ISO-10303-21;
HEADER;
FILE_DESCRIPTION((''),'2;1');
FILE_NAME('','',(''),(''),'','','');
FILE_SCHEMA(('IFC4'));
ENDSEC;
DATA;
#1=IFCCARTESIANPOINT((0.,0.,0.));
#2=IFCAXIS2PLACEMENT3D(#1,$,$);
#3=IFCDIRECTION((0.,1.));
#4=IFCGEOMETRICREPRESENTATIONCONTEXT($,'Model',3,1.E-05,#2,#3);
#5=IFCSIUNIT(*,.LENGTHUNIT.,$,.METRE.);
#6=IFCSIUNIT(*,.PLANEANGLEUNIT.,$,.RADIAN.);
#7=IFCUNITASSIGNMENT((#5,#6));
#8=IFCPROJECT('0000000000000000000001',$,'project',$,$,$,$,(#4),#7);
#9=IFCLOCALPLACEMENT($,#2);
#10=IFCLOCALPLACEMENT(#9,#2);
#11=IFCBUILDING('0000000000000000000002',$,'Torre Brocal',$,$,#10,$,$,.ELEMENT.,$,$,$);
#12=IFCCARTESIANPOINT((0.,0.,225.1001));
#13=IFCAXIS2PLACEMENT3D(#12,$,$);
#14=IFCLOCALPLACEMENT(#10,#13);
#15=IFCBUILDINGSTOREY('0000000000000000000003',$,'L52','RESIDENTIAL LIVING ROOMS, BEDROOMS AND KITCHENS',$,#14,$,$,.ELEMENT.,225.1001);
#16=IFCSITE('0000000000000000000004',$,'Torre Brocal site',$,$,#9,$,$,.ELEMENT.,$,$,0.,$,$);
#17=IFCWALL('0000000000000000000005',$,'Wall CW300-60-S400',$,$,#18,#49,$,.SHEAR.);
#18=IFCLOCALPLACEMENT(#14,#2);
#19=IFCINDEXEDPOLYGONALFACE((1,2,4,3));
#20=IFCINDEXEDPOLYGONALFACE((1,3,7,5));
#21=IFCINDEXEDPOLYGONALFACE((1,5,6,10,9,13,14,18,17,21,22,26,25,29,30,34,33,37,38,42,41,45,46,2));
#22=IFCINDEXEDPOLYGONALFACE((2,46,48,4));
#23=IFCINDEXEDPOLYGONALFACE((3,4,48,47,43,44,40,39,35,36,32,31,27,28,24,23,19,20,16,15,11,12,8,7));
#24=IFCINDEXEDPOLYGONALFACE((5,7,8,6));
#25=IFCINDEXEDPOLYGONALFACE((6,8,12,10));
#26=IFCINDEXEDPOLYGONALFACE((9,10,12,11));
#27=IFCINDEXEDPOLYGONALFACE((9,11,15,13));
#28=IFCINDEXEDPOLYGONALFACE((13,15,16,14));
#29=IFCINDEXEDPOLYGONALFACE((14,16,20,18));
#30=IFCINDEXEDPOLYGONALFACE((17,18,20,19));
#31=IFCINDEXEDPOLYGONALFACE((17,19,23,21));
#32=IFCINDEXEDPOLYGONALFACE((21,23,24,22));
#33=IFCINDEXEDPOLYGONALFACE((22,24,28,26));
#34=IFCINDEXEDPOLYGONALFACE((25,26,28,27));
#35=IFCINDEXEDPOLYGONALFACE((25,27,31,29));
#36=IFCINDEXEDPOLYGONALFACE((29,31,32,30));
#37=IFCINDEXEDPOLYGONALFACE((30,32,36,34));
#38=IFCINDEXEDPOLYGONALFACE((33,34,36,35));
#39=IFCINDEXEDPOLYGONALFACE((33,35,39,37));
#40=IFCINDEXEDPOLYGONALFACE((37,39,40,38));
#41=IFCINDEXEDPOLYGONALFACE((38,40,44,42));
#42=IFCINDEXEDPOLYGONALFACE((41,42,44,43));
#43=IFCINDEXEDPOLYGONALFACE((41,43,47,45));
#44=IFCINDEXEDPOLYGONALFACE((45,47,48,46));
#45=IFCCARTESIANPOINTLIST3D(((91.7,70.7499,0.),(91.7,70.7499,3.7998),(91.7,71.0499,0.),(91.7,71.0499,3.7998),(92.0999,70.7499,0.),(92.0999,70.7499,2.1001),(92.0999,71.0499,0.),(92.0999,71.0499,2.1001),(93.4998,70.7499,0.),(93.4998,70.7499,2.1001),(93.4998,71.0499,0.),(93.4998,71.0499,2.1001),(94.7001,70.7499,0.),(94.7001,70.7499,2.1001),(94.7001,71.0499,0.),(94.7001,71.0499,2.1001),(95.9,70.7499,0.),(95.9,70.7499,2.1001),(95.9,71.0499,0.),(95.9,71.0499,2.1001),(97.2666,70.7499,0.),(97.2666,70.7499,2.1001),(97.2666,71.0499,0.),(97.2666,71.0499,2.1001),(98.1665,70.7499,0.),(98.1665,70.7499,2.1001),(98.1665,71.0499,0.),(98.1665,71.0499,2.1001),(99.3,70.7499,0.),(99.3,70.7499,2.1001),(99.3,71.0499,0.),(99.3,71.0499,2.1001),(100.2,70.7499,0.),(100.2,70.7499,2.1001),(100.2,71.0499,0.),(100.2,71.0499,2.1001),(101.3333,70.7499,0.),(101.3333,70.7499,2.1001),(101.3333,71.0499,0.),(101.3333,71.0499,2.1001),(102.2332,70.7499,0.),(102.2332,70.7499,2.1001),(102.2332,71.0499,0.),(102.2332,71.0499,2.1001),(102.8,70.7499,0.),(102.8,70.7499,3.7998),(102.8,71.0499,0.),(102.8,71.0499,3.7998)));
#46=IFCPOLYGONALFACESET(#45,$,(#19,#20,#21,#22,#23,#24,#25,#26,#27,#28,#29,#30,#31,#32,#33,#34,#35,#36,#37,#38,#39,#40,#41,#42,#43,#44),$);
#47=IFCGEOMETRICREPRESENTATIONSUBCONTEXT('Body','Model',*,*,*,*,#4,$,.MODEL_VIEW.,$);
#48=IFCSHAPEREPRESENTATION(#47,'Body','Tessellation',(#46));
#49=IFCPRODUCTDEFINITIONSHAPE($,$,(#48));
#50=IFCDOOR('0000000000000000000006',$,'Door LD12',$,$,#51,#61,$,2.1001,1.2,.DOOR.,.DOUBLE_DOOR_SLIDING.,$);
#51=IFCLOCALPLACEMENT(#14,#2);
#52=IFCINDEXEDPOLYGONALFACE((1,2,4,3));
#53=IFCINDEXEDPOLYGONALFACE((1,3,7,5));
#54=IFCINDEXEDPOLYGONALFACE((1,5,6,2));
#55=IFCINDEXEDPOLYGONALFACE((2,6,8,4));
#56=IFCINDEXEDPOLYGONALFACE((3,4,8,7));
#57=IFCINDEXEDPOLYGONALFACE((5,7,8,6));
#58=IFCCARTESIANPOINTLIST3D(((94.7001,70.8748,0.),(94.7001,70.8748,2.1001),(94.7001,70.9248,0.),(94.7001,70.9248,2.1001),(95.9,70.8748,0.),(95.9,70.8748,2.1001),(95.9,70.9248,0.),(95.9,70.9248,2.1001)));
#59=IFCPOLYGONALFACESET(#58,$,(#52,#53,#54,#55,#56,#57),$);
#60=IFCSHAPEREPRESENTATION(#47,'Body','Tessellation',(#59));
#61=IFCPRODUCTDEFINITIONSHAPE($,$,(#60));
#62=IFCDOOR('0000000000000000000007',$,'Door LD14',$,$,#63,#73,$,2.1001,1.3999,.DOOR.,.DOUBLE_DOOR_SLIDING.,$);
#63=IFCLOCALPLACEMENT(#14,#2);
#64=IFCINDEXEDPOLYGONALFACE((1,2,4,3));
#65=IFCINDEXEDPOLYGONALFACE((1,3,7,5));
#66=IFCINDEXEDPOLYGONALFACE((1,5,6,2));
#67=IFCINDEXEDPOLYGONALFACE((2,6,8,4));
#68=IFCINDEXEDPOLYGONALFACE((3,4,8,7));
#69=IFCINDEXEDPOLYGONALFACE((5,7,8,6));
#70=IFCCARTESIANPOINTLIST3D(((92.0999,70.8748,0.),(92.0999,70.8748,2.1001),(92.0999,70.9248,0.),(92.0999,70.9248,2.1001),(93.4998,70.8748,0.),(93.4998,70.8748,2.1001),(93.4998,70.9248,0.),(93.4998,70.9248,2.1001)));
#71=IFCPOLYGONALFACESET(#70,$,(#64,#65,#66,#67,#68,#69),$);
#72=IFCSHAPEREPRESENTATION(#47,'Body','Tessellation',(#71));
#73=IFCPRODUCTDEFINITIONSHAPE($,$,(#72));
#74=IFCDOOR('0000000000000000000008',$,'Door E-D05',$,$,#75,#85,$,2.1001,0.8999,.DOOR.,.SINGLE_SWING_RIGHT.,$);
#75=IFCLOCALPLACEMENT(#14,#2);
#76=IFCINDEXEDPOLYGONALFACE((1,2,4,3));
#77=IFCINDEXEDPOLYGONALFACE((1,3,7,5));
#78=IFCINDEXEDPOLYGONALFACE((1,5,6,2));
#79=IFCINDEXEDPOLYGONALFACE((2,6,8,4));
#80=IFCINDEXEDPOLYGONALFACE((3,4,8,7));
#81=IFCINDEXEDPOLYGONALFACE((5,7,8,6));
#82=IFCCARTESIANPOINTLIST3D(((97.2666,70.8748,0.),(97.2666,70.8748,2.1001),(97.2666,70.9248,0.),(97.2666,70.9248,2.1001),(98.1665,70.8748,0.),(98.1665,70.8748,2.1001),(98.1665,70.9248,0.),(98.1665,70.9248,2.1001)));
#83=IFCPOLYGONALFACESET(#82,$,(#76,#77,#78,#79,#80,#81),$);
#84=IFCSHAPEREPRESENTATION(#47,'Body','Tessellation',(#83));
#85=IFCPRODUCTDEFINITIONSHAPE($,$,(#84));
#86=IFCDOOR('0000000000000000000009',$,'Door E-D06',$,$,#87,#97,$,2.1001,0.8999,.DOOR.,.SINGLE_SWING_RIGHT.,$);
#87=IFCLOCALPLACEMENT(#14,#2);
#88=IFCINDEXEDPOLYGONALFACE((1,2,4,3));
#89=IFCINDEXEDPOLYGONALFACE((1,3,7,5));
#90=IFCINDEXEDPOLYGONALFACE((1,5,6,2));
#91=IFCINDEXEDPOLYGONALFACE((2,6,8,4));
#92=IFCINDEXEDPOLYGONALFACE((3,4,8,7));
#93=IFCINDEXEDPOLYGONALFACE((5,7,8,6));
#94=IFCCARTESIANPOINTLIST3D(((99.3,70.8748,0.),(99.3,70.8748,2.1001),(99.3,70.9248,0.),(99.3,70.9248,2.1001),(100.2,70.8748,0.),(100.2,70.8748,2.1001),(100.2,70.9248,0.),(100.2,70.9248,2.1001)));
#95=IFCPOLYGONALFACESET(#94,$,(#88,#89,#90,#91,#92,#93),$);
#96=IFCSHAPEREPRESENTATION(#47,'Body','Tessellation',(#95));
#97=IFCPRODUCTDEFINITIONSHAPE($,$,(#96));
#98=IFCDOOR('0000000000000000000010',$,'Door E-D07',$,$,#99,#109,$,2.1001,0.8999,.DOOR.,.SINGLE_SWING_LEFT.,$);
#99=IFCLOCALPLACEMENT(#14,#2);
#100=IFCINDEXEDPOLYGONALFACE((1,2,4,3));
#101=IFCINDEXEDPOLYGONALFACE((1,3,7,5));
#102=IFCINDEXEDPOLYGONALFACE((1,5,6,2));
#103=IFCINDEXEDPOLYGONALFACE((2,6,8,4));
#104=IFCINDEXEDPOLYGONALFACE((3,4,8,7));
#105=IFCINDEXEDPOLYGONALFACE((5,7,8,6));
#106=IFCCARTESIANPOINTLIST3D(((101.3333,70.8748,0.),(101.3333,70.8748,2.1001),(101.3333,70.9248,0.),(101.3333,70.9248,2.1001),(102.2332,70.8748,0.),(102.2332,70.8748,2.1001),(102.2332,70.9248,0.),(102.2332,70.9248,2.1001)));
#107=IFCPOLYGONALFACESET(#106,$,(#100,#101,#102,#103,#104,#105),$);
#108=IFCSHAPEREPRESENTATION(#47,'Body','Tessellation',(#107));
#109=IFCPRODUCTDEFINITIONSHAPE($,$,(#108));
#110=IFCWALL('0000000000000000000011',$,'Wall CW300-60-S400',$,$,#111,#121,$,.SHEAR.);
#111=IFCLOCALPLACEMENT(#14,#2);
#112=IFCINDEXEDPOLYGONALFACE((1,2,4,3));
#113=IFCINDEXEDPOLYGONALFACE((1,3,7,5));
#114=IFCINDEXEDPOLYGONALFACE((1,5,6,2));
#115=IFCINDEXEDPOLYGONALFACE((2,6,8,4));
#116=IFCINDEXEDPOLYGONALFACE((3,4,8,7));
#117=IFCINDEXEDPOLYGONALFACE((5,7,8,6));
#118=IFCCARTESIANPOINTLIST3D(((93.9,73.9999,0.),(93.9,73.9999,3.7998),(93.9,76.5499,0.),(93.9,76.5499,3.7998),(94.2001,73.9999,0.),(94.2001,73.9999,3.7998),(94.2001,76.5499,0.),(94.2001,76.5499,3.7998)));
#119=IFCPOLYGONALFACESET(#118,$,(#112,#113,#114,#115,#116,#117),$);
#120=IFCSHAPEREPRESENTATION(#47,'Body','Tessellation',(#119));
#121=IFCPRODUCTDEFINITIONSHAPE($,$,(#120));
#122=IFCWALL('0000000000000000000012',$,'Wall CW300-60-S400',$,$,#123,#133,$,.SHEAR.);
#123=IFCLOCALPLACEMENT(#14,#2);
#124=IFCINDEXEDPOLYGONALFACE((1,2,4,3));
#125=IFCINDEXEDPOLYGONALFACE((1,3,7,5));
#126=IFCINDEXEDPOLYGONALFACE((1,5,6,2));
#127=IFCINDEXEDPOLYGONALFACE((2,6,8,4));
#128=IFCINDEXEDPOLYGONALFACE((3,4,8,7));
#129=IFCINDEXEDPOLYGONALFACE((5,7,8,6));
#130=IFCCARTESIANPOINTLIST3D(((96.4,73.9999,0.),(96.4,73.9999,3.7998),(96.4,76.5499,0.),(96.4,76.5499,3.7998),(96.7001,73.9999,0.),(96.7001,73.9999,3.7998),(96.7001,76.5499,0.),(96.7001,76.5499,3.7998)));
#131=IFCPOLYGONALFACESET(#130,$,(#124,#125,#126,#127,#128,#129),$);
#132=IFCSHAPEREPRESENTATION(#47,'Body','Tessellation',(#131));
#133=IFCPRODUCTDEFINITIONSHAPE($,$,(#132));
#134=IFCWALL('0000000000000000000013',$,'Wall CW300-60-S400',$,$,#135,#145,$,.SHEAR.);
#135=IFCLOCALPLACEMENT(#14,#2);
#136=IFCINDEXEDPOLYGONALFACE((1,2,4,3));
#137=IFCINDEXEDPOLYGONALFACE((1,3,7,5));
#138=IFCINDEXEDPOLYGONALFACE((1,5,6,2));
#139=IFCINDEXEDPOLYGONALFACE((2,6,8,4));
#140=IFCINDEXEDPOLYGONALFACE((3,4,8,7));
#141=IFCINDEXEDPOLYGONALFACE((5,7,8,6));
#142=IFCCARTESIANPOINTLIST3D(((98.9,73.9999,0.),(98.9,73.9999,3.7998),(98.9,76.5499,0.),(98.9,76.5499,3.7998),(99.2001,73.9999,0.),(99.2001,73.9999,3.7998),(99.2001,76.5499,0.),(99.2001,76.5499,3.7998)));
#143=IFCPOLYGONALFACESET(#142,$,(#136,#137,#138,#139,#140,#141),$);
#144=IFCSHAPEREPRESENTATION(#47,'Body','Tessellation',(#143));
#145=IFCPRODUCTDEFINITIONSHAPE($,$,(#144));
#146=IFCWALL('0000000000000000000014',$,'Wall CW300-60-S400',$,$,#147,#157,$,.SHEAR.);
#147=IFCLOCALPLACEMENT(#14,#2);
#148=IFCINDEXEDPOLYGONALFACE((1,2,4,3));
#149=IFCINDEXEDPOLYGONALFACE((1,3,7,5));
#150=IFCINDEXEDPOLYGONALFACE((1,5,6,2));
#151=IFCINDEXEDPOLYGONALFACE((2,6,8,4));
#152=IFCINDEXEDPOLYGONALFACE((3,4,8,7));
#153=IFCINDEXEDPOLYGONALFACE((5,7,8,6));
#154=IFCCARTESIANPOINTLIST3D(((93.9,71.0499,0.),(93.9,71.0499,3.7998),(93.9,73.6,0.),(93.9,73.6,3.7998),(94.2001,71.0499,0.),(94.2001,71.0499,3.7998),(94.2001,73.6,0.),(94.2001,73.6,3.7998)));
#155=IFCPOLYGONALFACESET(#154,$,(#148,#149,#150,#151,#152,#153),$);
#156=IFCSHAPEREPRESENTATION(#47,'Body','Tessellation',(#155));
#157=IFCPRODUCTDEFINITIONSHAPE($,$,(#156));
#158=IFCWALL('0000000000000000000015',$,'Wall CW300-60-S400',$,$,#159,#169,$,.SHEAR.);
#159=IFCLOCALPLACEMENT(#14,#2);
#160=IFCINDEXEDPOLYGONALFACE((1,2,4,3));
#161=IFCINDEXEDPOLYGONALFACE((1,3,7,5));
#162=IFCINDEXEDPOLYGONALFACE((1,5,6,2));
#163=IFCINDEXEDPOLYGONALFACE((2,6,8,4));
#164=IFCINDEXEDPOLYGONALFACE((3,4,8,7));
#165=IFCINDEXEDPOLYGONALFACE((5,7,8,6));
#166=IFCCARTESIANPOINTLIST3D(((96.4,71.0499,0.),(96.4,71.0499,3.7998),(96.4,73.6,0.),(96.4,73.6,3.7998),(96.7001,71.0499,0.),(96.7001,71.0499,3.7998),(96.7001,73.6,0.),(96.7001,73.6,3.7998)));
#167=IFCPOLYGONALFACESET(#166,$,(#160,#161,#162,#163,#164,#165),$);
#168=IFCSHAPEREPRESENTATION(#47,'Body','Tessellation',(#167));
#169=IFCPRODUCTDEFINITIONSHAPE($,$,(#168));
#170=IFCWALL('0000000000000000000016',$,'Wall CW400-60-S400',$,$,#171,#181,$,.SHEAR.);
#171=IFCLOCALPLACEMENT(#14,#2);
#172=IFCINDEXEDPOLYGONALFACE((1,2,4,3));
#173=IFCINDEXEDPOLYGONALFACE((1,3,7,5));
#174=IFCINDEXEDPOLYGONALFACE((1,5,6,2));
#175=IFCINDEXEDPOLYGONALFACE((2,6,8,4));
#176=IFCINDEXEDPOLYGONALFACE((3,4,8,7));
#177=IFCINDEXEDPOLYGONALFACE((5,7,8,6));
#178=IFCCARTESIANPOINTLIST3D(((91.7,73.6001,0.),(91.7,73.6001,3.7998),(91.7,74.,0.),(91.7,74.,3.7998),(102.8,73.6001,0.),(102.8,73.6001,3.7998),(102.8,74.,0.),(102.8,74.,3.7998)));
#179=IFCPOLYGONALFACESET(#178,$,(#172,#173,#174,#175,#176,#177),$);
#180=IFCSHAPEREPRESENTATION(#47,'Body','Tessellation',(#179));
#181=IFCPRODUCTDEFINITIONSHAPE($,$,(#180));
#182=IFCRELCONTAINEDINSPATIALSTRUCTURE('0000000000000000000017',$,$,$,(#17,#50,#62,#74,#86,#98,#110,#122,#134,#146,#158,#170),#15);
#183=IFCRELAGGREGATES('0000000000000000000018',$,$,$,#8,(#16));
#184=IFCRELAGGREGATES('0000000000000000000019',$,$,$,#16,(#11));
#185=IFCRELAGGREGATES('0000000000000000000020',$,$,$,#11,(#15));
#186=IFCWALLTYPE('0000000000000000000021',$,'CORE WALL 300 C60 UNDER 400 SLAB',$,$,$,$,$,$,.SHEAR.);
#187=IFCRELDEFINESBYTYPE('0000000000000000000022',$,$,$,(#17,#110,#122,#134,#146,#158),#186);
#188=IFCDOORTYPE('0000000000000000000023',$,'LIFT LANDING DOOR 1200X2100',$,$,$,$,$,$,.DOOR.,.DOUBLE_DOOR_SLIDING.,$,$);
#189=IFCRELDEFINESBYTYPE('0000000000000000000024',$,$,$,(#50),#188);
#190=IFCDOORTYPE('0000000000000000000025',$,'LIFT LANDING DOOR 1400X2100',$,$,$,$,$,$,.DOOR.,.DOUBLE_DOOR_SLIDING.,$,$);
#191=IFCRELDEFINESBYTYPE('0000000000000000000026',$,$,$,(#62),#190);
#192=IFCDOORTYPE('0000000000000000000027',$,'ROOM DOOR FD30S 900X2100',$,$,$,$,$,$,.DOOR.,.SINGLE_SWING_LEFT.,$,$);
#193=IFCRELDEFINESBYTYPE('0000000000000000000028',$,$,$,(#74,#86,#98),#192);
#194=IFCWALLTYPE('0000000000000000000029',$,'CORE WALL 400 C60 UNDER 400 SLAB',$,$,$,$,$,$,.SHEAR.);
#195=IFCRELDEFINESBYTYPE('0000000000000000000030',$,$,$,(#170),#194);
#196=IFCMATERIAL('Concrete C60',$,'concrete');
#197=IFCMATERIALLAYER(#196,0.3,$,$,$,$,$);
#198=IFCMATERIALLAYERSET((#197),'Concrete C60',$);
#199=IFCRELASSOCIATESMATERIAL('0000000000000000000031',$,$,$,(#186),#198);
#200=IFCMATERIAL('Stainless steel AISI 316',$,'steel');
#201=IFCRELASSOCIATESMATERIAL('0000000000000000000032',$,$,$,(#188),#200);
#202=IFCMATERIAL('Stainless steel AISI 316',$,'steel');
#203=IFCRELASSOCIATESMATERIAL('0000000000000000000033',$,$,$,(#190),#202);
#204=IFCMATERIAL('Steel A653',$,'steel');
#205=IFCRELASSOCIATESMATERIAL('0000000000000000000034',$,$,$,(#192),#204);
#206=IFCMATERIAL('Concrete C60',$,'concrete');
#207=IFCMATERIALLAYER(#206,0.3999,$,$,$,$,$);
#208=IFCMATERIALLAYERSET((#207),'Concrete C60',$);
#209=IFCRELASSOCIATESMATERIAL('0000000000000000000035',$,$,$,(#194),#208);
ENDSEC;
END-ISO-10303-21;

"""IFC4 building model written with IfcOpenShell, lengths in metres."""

from ifc_helpers import new_model, si_unit, direction, frame, frame_2d, origin, place, context, subcontext, project, spatial, rectangle, extrude, material, layer, layer_set, type_object, element, fill, save


model = new_model("IFC4")

# Units and contexts
model_context = context("Model", 3, precision=1e-05, world=origin(), true_north=direction((0.0, 1.0)))
body_context = subcontext(model_context, "Body", "Model", "MODEL_VIEW")
ifc_project = project(units=[si_unit("LENGTHUNIT", "METRE"), si_unit("PLANEANGLEUNIT", "RADIAN")], contexts=[model_context])

# Site, building, storey
site_placement = place(None, origin())
site = spatial("IfcSite", under=ifc_project, at=site_placement, Name="Torre Brocal site", CompositionType="ELEMENT", RefElevation=0.0)
building_placement = place(site_placement, origin())
building = spatial("IfcBuilding", under=site, at=building_placement, Name="Torre Brocal", CompositionType="ELEMENT")
storey_placement = place(building_placement, frame((0.0, 0.0, 225.1001)))
storey = spatial("IfcBuildingStorey", under=building, at=storey_placement, Name="L52", Description="RESIDENTIAL LIVING ROOMS, BEDROOMS AND KITCHENS", CompositionType="ELEMENT", Elevation=225.1001)

# Wall, openings, doors
ifc_material_1 = material(Name="Concrete C60", Category="concrete")
ifc_layer_1 = layer(ifc_material_1, 0.3)
ifc_layer_set_1 = layer_set([ifc_layer_1], Name="Concrete C60")
wall_type_1 = type_object("IfcWallType", Name="CORE WALL 300 C60 UNDER 400 SLAB", PredefinedType="SHEAR", material=ifc_layer_set_1)
wall_1_placement = place(storey_placement, frame((91.7, 70.8999, 0.0), z_axis=(0.0, 0.0, 1.0), x_axis=(1.0, 0.0, 0.0)))
wall_1 = element("IfcWall", 1, at=wall_1_placement, inside=storey, type_object=wall_type_1, Name="Wall CW300-60-S400", PredefinedType="SHEAR", context=body_context, shape_type="SweptSolid", body=[
    extrude(rectangle(XDim=11.1001, YDim=0.3, at=frame_2d((5.55, 0.0))), origin(), (0.0, 0.0, 1.0), 3.7998),
])
opening_1_placement = place(wall_1_placement, frame((0.3999, 0.0, 0.0)))
opening_1 = element("IfcOpeningElement", 2, at=opening_1_placement, cuts=wall_1, PredefinedType="OPENING", context=body_context, shape_type="SweptSolid", body=[
    extrude(rectangle(XDim=1.3999, YDim=2.1001, at=frame_2d((0.7, 1.05))), frame((0.0, 0.1599, 0.0), z_axis=(0.0, -1.0, 0.0), x_axis=(1.0, 0.0, 0.0)), (0.0, 0.0, 1.0), 0.3201),
])
opening_2_placement = place(wall_1_placement, frame((3.0, 0.0, 0.0)))
opening_2 = element("IfcOpeningElement", 3, at=opening_2_placement, cuts=wall_1, PredefinedType="OPENING", context=body_context, shape_type="SweptSolid", body=[
    extrude(rectangle(XDim=1.2, YDim=2.1001, at=frame_2d((0.6001, 1.05))), frame((0.0, 0.1599, 0.0), z_axis=(0.0, -1.0, 0.0), x_axis=(1.0, 0.0, 0.0)), (0.0, 0.0, 1.0), 0.3201),
])
opening_3_placement = place(wall_1_placement, frame((5.5667, 0.0, 0.0)))
opening_3 = element("IfcOpeningElement", 4, at=opening_3_placement, cuts=wall_1, PredefinedType="OPENING", context=body_context, shape_type="SweptSolid", body=[
    extrude(rectangle(XDim=0.8999, YDim=2.1001, at=frame_2d((0.45, 1.05))), frame((0.0, 0.1599, 0.0), z_axis=(0.0, -1.0, 0.0), x_axis=(1.0, 0.0, 0.0)), (0.0, 0.0, 1.0), 0.3201),
])
opening_4_placement = place(wall_1_placement, frame((7.6001, 0.0, 0.0)))
opening_4 = element("IfcOpeningElement", 5, at=opening_4_placement, cuts=wall_1, PredefinedType="OPENING", context=body_context, shape_type="SweptSolid", body=[
    extrude(rectangle(XDim=0.8999, YDim=2.1001, at=frame_2d((0.45, 1.05))), frame((0.0, 0.1599, 0.0), z_axis=(0.0, -1.0, 0.0), x_axis=(1.0, 0.0, 0.0)), (0.0, 0.0, 1.0), 0.3201),
])
opening_5_placement = place(wall_1_placement, frame((9.6333, 0.0, 0.0)))
opening_5 = element("IfcOpeningElement", 6, at=opening_5_placement, cuts=wall_1, PredefinedType="OPENING", context=body_context, shape_type="SweptSolid", body=[
    extrude(rectangle(XDim=0.8999, YDim=2.1001, at=frame_2d((0.45, 1.05))), frame((0.0, 0.1599, 0.0), z_axis=(0.0, -1.0, 0.0), x_axis=(1.0, 0.0, 0.0)), (0.0, 0.0, 1.0), 0.3201),
])
ifc_material_2 = material(Name="Stainless steel AISI 316", Category="steel")
door_type_1 = type_object("IfcDoorType", Name="LIFT LANDING DOOR 1200X2100", OperationType="DOUBLE_DOOR_SLIDING", PredefinedType="DOOR", material=ifc_material_2)
door_1_placement = place(opening_2_placement, origin())
door_1 = element("IfcDoor", 7, at=door_1_placement, inside=storey, type_object=door_type_1, Name="Door LD12", OperationType="DOUBLE_DOOR_SLIDING", OverallHeight=2.1001, OverallWidth=1.2, PredefinedType="DOOR", context=body_context, shape_type="SweptSolid", body=[
    extrude(rectangle(XDim=1.2, YDim=2.1001, at=frame_2d((0.6001, 1.05))), frame((0.0, 0.0249, 0.0), z_axis=(0.0, -1.0, 0.0), x_axis=(1.0, 0.0, 0.0)), (0.0, 0.0, 1.0), 0.05),
])
fill(opening_2, door_1)
ifc_material_3 = material(Name="Stainless steel AISI 316", Category="steel")
door_type_2 = type_object("IfcDoorType", Name="LIFT LANDING DOOR 1400X2100", OperationType="DOUBLE_DOOR_SLIDING", PredefinedType="DOOR", material=ifc_material_3)
door_2_placement = place(opening_1_placement, origin())
door_2 = element("IfcDoor", 8, at=door_2_placement, inside=storey, type_object=door_type_2, Name="Door LD14", OperationType="DOUBLE_DOOR_SLIDING", OverallHeight=2.1001, OverallWidth=1.3999, PredefinedType="DOOR", context=body_context, shape_type="SweptSolid", body=[
    extrude(rectangle(XDim=1.3999, YDim=2.1001, at=frame_2d((0.7, 1.05))), frame((0.0, 0.0249, 0.0), z_axis=(0.0, -1.0, 0.0), x_axis=(1.0, 0.0, 0.0)), (0.0, 0.0, 1.0), 0.05),
])
fill(opening_1, door_2)
ifc_material_4 = material(Name="Steel A653", Category="steel")
door_type_3 = type_object("IfcDoorType", Name="ROOM DOOR FD30S 900X2100", OperationType="SINGLE_SWING_LEFT", PredefinedType="DOOR", material=ifc_material_4)
door_3_placement = place(opening_3_placement, origin())
door_3 = element("IfcDoor", 9, at=door_3_placement, inside=storey, type_object=door_type_3, Name="Door E-D05", OperationType="SINGLE_SWING_RIGHT", OverallHeight=2.1001, OverallWidth=0.8999, PredefinedType="DOOR", context=body_context, shape_type="SweptSolid", body=[
    extrude(rectangle(XDim=0.8999, YDim=2.1001, at=frame_2d((0.45, 1.05))), frame((0.0, 0.0249, 0.0), z_axis=(0.0, -1.0, 0.0), x_axis=(1.0, 0.0, 0.0)), (0.0, 0.0, 1.0), 0.05),
])
fill(opening_3, door_3)
door_4_placement = place(opening_4_placement, origin())
door_4 = element("IfcDoor", 10, at=door_4_placement, inside=storey, type_object=door_type_3, Name="Door E-D06", OperationType="SINGLE_SWING_RIGHT", OverallHeight=2.1001, OverallWidth=0.8999, PredefinedType="DOOR", context=body_context, shape_type="SweptSolid", body=[
    extrude(rectangle(XDim=0.8999, YDim=2.1001, at=frame_2d((0.45, 1.05))), frame((0.0, 0.0249, 0.0), z_axis=(0.0, -1.0, 0.0), x_axis=(1.0, 0.0, 0.0)), (0.0, 0.0, 1.0), 0.05),
])
fill(opening_4, door_4)
door_5_placement = place(opening_5_placement, origin())
door_5 = element("IfcDoor", 11, at=door_5_placement, inside=storey, type_object=door_type_3, Name="Door E-D07", OperationType="SINGLE_SWING_LEFT", OverallHeight=2.1001, OverallWidth=0.8999, PredefinedType="DOOR", context=body_context, shape_type="SweptSolid", body=[
    extrude(rectangle(XDim=0.8999, YDim=2.1001, at=frame_2d((0.45, 1.05))), frame((0.0, 0.0249, 0.0), z_axis=(0.0, -1.0, 0.0), x_axis=(1.0, 0.0, 0.0)), (0.0, 0.0, 1.0), 0.05),
])
fill(opening_5, door_5)

# Walls
for number, where, z_axis, x_axis, name in (
    (12, (94.05, 74.0, 0.0), (0.0, 0.0, 1.0), (0.0, 1.0, 0.0), "Wall CW300-60-S400"),
    (13, (96.55, 74.0, 0.0), (0.0, 0.0, 1.0), (0.0, 1.0, 0.0), "Wall CW300-60-S400"),
    (14, (99.05, 74.0, 0.0), (0.0, 0.0, 1.0), (0.0, 1.0, 0.0), "Wall CW300-60-S400"),
    (15, (94.05, 71.05, 0.0), (0.0, 0.0, 1.0), (0.0, 1.0, 0.0), "Wall CW300-60-S400"),
    (16, (96.55, 71.05, 0.0), (0.0, 0.0, 1.0), (0.0, 1.0, 0.0), "Wall CW300-60-S400"),
):
    element("IfcWall", number, at=place(storey_placement, frame(where, z_axis=z_axis, x_axis=x_axis)), inside=storey, type_object=wall_type_1, Name=name, PredefinedType="SHEAR", context=body_context, shape_type="SweptSolid", body=[
        extrude(rectangle(XDim=2.55, YDim=0.3, at=frame_2d((1.2749, 0.0))), origin(), (0.0, 0.0, 1.0), 3.7998),
    ])
ifc_material_5 = material(Name="Concrete C60", Category="concrete")
ifc_layer_2 = layer(ifc_material_5, 0.3999)
ifc_layer_set_2 = layer_set([ifc_layer_2], Name="Concrete C60")
wall_type_2 = type_object("IfcWallType", Name="CORE WALL 400 C60 UNDER 400 SLAB", PredefinedType="SHEAR", material=ifc_layer_set_2)
wall_2_placement = place(storey_placement, frame((91.7, 73.8, 0.0), z_axis=(0.0, 0.0, 1.0), x_axis=(1.0, 0.0, 0.0)))
element("IfcWall", 17, at=wall_2_placement, inside=storey, type_object=wall_type_2, Name="Wall CW400-60-S400", PredefinedType="SHEAR", context=body_context, shape_type="SweptSolid", body=[
    extrude(rectangle(XDim=11.1001, YDim=0.3999, at=frame_2d((5.55, 0.0))), origin(), (0.0, 0.0, 1.0), 3.7998),
])

save(model, "model.ifc")
